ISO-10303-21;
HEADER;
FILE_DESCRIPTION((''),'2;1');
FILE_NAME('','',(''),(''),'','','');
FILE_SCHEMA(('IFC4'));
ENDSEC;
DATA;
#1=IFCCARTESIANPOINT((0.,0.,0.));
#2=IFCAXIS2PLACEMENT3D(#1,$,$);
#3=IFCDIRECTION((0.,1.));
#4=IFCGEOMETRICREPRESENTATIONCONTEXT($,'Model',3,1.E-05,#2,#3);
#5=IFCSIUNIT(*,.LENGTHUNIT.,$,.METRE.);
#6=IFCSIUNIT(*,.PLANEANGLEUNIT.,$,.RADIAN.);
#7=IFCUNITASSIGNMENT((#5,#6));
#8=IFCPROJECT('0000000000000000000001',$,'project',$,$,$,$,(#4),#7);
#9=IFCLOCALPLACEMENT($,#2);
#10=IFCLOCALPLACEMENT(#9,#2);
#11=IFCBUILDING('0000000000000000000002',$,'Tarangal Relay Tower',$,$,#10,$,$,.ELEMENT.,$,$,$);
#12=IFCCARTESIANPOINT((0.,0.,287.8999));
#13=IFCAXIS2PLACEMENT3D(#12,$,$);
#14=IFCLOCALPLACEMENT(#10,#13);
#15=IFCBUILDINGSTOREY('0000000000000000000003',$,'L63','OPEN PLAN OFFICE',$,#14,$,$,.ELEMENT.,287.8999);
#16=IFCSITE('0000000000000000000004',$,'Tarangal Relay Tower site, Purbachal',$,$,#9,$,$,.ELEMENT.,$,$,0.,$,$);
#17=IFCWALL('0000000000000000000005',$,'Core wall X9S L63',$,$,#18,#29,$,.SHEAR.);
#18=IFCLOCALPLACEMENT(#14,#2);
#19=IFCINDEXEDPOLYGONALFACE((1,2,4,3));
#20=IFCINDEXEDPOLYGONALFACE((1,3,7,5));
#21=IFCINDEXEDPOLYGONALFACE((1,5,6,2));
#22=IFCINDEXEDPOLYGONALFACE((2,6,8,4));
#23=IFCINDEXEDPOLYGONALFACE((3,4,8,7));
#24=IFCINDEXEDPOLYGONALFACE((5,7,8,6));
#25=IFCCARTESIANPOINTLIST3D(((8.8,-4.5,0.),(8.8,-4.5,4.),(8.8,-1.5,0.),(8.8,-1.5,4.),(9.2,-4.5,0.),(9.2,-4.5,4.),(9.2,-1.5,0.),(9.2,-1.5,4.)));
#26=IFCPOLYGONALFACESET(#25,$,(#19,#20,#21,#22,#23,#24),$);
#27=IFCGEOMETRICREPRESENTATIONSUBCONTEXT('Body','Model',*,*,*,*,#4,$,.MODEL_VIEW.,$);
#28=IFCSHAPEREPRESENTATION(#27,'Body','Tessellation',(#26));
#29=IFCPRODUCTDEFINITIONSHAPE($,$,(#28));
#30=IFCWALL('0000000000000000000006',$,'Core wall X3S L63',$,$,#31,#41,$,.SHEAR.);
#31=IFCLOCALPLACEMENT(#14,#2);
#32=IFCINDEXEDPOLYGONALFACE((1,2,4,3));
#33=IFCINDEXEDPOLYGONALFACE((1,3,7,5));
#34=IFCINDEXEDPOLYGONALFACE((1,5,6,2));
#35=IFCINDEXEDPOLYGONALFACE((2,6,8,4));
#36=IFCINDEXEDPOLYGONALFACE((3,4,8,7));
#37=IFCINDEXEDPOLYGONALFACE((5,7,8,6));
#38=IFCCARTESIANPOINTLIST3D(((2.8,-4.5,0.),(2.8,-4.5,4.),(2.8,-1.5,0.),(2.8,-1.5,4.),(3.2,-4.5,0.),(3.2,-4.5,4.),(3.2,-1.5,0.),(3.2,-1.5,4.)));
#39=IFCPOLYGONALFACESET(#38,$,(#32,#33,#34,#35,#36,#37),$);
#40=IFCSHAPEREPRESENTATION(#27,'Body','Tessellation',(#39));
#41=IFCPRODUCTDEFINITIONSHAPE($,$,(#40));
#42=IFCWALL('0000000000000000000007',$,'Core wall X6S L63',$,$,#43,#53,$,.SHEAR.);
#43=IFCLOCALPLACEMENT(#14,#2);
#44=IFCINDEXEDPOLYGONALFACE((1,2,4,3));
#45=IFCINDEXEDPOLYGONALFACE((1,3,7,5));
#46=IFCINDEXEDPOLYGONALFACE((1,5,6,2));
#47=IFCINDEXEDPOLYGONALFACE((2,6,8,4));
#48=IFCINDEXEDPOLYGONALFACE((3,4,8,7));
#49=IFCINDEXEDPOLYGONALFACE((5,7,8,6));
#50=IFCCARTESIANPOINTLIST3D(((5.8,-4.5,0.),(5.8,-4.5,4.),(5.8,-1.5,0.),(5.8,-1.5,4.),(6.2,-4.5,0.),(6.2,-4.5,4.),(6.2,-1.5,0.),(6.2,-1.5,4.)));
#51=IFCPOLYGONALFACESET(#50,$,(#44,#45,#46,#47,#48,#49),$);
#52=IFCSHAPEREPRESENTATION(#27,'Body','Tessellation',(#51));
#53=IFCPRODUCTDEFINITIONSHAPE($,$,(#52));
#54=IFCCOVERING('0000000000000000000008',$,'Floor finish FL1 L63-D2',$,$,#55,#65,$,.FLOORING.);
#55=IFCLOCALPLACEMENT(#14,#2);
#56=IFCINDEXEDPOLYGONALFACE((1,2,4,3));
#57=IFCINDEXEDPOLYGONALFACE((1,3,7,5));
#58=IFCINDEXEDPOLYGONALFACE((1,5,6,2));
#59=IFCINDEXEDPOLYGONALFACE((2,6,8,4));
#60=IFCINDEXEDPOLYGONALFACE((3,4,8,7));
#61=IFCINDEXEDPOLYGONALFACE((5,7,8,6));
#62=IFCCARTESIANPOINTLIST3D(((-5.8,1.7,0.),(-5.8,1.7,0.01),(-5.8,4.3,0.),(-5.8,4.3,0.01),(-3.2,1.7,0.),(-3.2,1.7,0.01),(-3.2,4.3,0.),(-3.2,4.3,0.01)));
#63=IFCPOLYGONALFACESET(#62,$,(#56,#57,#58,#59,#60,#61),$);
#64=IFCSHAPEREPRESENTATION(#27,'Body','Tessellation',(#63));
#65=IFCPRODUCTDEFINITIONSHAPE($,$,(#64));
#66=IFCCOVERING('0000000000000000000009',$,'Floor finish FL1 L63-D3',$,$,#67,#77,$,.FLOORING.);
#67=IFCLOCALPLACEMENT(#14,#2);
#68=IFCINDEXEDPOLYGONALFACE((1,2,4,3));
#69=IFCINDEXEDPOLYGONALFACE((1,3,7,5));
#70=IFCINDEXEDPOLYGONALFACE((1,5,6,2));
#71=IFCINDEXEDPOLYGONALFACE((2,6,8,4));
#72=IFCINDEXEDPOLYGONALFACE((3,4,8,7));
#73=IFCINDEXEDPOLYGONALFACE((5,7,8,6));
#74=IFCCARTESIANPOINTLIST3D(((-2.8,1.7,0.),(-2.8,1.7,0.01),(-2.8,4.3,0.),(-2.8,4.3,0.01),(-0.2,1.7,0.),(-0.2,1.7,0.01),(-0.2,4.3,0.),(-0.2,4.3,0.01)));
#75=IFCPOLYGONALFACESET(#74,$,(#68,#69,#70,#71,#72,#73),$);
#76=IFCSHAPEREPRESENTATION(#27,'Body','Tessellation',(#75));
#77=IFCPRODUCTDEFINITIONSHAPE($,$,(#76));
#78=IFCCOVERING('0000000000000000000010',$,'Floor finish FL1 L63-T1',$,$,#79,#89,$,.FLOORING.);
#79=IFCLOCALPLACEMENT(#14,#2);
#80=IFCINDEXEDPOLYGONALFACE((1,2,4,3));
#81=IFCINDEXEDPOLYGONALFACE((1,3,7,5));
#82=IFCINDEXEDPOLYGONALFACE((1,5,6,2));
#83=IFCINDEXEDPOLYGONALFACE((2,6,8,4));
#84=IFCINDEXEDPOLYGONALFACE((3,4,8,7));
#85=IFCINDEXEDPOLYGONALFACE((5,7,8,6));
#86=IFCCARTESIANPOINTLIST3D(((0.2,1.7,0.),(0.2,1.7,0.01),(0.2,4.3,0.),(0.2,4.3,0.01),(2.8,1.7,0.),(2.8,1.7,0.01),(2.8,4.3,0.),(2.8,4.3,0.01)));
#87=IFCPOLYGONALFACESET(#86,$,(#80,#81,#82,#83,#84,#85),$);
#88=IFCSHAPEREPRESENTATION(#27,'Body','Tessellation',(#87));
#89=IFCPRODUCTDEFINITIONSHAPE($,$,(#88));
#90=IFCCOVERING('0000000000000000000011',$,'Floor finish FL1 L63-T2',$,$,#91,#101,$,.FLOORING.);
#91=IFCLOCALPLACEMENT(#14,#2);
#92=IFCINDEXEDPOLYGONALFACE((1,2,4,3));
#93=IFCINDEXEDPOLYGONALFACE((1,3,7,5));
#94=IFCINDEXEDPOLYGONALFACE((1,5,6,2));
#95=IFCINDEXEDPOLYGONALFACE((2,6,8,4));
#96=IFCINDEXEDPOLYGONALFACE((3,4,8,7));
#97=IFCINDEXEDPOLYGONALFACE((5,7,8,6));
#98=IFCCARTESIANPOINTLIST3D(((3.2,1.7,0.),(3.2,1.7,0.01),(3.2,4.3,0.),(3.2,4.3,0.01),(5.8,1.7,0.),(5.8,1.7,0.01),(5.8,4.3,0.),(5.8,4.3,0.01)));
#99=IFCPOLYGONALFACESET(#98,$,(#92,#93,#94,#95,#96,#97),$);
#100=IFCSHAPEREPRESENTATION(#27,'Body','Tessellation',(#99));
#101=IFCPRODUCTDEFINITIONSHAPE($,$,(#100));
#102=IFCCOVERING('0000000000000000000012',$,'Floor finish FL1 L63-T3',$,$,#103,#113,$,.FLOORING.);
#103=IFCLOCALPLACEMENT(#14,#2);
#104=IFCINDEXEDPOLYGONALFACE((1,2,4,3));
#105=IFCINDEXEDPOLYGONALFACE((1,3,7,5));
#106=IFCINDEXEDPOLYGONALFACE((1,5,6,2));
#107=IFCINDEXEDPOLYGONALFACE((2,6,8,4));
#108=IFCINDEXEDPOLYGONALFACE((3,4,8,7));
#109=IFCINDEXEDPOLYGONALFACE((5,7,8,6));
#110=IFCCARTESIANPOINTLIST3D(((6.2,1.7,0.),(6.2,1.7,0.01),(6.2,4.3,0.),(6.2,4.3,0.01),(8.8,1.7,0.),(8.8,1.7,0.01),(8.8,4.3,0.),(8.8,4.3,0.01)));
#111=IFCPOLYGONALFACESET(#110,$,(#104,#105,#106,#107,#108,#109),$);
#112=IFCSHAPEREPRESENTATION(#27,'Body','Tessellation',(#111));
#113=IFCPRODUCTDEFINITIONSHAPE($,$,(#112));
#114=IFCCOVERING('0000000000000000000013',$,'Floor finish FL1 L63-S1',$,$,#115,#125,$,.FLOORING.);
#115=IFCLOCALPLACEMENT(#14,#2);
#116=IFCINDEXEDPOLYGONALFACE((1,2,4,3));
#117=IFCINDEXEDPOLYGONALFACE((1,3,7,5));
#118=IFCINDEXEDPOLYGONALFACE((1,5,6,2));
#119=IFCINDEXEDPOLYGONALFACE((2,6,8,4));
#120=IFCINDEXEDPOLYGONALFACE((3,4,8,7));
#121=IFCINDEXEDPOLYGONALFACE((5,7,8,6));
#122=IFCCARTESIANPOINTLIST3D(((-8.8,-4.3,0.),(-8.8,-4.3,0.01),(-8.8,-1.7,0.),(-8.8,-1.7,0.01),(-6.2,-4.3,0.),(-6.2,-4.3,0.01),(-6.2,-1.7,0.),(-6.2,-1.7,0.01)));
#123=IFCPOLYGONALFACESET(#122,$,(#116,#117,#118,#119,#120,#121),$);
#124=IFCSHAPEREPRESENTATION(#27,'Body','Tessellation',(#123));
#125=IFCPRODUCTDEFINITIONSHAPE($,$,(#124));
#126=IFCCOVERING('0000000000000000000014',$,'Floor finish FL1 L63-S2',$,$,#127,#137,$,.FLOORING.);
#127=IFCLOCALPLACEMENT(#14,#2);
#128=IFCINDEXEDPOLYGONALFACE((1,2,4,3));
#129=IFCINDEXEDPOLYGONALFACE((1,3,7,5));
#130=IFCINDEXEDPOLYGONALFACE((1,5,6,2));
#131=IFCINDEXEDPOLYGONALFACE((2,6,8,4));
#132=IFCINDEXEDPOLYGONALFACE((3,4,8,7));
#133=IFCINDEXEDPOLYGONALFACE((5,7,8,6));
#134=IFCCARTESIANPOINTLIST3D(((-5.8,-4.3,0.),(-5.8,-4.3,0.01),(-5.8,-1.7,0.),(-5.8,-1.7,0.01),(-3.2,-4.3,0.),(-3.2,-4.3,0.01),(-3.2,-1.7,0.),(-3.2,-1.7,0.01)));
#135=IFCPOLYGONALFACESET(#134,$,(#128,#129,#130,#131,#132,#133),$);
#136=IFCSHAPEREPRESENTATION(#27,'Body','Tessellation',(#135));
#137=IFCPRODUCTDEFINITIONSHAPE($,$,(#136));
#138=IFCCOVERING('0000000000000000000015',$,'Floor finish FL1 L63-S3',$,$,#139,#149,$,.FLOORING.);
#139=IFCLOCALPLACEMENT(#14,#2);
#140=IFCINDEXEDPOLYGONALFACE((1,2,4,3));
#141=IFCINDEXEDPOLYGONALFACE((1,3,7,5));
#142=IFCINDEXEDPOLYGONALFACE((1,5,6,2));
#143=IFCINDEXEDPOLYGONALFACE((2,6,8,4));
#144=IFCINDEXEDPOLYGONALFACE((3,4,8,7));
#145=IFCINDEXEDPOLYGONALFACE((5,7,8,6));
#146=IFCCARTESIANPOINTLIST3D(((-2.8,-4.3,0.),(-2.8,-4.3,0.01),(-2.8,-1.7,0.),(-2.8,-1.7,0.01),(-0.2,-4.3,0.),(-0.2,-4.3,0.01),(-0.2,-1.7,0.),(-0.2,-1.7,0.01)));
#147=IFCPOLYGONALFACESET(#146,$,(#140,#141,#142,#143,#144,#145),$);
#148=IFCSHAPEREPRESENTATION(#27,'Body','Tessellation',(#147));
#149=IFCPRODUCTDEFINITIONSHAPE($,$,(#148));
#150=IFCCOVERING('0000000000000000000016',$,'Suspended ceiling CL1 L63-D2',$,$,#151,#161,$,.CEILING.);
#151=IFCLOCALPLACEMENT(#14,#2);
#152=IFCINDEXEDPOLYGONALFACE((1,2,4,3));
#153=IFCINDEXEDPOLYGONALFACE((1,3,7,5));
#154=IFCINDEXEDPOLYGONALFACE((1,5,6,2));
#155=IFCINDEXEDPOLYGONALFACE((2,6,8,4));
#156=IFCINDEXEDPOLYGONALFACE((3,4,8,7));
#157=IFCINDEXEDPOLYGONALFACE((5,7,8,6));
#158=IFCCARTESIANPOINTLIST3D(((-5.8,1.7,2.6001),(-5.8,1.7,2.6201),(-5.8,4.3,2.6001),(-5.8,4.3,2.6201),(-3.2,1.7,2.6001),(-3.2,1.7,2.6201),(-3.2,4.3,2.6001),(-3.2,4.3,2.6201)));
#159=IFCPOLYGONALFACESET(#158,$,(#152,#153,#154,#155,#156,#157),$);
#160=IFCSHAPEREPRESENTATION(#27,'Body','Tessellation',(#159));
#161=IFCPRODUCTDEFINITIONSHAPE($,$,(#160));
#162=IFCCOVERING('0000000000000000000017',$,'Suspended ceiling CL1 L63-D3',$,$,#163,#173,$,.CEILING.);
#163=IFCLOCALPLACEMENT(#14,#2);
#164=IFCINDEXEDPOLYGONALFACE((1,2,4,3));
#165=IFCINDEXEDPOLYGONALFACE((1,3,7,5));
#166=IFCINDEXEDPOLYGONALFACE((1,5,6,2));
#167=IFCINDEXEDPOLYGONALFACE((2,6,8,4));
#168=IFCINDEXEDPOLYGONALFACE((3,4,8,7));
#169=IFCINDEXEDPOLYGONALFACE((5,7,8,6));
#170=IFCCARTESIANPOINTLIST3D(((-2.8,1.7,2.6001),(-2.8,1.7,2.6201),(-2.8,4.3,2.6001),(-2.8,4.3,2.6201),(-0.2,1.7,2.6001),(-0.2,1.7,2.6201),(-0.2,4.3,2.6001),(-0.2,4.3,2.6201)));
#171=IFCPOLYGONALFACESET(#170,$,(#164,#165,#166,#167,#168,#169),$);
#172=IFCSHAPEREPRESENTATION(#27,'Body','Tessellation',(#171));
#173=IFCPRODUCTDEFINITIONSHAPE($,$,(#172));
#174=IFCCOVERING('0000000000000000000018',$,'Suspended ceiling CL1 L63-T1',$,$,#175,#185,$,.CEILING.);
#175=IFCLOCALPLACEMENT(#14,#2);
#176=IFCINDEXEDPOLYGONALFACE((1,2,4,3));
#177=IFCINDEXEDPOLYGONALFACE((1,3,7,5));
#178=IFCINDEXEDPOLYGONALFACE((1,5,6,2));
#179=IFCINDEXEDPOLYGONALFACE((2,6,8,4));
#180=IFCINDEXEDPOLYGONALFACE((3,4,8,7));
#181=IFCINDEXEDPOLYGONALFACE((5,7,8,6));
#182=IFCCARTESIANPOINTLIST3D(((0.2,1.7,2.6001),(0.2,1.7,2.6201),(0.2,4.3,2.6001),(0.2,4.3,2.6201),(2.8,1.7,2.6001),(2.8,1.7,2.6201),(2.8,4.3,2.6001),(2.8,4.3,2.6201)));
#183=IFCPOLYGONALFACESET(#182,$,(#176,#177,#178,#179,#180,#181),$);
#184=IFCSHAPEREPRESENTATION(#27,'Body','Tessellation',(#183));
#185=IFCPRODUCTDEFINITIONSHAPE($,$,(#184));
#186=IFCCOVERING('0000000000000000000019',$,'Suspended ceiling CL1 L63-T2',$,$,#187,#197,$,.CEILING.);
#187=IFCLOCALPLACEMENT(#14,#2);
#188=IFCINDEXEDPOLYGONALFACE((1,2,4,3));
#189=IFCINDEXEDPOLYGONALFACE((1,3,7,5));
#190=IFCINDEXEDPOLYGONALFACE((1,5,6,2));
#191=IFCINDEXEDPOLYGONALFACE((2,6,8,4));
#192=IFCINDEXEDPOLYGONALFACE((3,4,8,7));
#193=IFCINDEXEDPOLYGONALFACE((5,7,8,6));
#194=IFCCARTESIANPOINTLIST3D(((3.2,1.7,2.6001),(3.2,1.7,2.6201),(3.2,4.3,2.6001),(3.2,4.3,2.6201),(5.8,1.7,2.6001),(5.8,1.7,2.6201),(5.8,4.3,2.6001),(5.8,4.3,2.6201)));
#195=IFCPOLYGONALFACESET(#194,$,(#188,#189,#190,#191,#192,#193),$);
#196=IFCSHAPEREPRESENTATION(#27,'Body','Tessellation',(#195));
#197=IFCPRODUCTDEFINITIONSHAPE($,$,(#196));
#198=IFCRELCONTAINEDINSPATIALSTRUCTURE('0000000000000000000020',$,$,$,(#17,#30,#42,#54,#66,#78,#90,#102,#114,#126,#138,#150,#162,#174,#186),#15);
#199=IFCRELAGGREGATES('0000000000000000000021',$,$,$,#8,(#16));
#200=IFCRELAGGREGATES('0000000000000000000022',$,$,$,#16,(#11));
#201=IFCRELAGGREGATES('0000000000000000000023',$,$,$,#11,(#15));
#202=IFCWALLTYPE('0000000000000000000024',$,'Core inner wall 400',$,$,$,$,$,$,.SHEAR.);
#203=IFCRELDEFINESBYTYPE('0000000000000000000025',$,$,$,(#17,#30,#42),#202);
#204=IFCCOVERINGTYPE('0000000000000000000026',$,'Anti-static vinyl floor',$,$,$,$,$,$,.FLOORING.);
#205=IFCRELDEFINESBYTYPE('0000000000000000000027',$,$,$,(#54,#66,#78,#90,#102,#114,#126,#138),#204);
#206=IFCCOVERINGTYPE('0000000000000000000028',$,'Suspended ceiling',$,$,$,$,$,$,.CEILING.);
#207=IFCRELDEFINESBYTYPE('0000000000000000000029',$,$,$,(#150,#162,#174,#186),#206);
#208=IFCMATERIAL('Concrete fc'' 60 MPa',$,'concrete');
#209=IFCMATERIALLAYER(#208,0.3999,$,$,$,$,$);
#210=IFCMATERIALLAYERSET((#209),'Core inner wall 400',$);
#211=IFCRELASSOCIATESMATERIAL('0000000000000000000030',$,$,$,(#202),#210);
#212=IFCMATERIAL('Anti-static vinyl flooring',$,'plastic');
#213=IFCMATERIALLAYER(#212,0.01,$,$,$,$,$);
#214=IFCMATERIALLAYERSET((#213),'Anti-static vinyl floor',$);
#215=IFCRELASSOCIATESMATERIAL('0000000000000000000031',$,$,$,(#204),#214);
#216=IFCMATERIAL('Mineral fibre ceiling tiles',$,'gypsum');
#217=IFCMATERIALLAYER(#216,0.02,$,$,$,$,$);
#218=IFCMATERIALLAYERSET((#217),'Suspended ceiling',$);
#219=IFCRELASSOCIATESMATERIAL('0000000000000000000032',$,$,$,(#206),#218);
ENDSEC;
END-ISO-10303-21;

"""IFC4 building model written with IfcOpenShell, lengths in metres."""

from ifc_helpers import new_model, si_unit, direction, frame, frame_2d, origin, place, context, subcontext, project, spatial, polyline, rectangle, outline, extrude, material, layer, layer_set, type_object, element, save


model = new_model("IFC4")

# Units and contexts
model_context = context("Model", 3, precision=1e-05, world=origin(), true_north=direction((0.0, 1.0)))
body_context = subcontext(model_context, "Body", "Model", "MODEL_VIEW")
ifc_project = project(units=[si_unit("LENGTHUNIT", "METRE"), si_unit("PLANEANGLEUNIT", "RADIAN")], contexts=[model_context])

# Site, building, storey
site_placement = place(None, origin())
site = spatial("IfcSite", under=ifc_project, at=site_placement, Name="Tarangal Relay Tower site, Purbachal", CompositionType="ELEMENT", RefElevation=0.0)
building_placement = place(site_placement, origin())
building = spatial("IfcBuilding", under=site, at=building_placement, Name="Tarangal Relay Tower", CompositionType="ELEMENT")
storey_placement = place(building_placement, frame((0.0, 0.0, 287.8999)))
storey = spatial("IfcBuildingStorey", under=building, at=storey_placement, Name="L63", Description="OPEN PLAN OFFICE", CompositionType="ELEMENT", Elevation=287.8999)

# Walls
ifc_material_1 = material(Name="Concrete fc' 60 MPa", Category="concrete")
ifc_layer_1 = layer(ifc_material_1, 0.3999)
ifc_layer_set_1 = layer_set([ifc_layer_1], Name="Core inner wall 400")
wall_type = type_object("IfcWallType", Name="Core inner wall 400", PredefinedType="SHEAR", material=ifc_layer_set_1)
for number, where, z_axis, x_axis, name in (
    (1, (9.0, -4.5, 0.0), (0.0, 0.0, 1.0), (0.0, 1.0, 0.0), "Core wall X9S L63"),
    (2, (3.0, -4.5, 0.0), (0.0, 0.0, 1.0), (0.0, 1.0, 0.0), "Core wall X3S L63"),
    (3, (6.0, -4.5, 0.0), (0.0, 0.0, 1.0), (0.0, 1.0, 0.0), "Core wall X6S L63"),
):
    element("IfcWall", number, at=place(storey_placement, frame(where, z_axis=z_axis, x_axis=x_axis)), inside=storey, type_object=wall_type, Name=name, PredefinedType="SHEAR", context=body_context, shape_type="SweptSolid", body=[
        extrude(rectangle(XDim=3.0, YDim=0.3999, at=frame_2d((1.5, 0.0))), origin(), (0.0, 0.0, 1.0), 4.0),
    ])

# Coverings
ifc_material_2 = material(Name="Anti-static vinyl flooring", Category="plastic")
ifc_layer_2 = layer(ifc_material_2, 0.01)
ifc_layer_set_2 = layer_set([ifc_layer_2], Name="Anti-static vinyl floor")
covering_type_1 = type_object("IfcCoveringType", Name="Anti-static vinyl floor", PredefinedType="FLOORING", material=ifc_layer_set_2)
covering_1_placement = place(storey_placement, origin())
element("IfcCovering", 4, at=covering_1_placement, inside=storey, type_object=covering_type_1, Name="Floor finish FL1 L63-D2", PredefinedType="FLOORING", context=body_context, shape_type="SweptSolid", body=[
    extrude(outline(polyline([(-5.8, 1.7), (-3.2, 1.7), (-3.2, 4.3), (-5.8, 4.3), (-5.8, 1.7)])), origin(), (0.0, 0.0, 1.0), 0.01),
])
covering_2_placement = place(storey_placement, origin())
element("IfcCovering", 5, at=covering_2_placement, inside=storey, type_object=covering_type_1, Name="Floor finish FL1 L63-D3", PredefinedType="FLOORING", context=body_context, shape_type="SweptSolid", body=[
    extrude(outline(polyline([(-2.8, 1.7), (-0.2, 1.7), (-0.2, 4.3), (-2.8, 4.3), (-2.8, 1.7)])), origin(), (0.0, 0.0, 1.0), 0.01),
])
covering_3_placement = place(storey_placement, origin())
element("IfcCovering", 6, at=covering_3_placement, inside=storey, type_object=covering_type_1, Name="Floor finish FL1 L63-T1", PredefinedType="FLOORING", context=body_context, shape_type="SweptSolid", body=[
    extrude(outline(polyline([(0.2, 1.7), (2.8, 1.7), (2.8, 4.3), (0.2, 4.3), (0.2, 1.7)])), origin(), (0.0, 0.0, 1.0), 0.01),
])
covering_4_placement = place(storey_placement, origin())
element("IfcCovering", 7, at=covering_4_placement, inside=storey, type_object=covering_type_1, Name="Floor finish FL1 L63-T2", PredefinedType="FLOORING", context=body_context, shape_type="SweptSolid", body=[
    extrude(outline(polyline([(3.2, 1.7), (5.8, 1.7), (5.8, 4.3), (3.2, 4.3), (3.2, 1.7)])), origin(), (0.0, 0.0, 1.0), 0.01),
])
covering_5_placement = place(storey_placement, origin())
element("IfcCovering", 8, at=covering_5_placement, inside=storey, type_object=covering_type_1, Name="Floor finish FL1 L63-T3", PredefinedType="FLOORING", context=body_context, shape_type="SweptSolid", body=[
    extrude(outline(polyline([(6.2, 1.7), (8.8, 1.7), (8.8, 4.3), (6.2, 4.3), (6.2, 1.7)])), origin(), (0.0, 0.0, 1.0), 0.01),
])
covering_6_placement = place(storey_placement, origin())
element("IfcCovering", 9, at=covering_6_placement, inside=storey, type_object=covering_type_1, Name="Floor finish FL1 L63-S1", PredefinedType="FLOORING", context=body_context, shape_type="SweptSolid", body=[
    extrude(outline(polyline([(-8.8, -4.3), (-6.2, -4.3), (-6.2, -1.7), (-8.8, -1.7), (-8.8, -4.3)])), origin(), (0.0, 0.0, 1.0), 0.01),
])
covering_7_placement = place(storey_placement, origin())
element("IfcCovering", 10, at=covering_7_placement, inside=storey, type_object=covering_type_1, Name="Floor finish FL1 L63-S2", PredefinedType="FLOORING", context=body_context, shape_type="SweptSolid", body=[
    extrude(outline(polyline([(-5.8, -4.3), (-3.2, -4.3), (-3.2, -1.7), (-5.8, -1.7), (-5.8, -4.3)])), origin(), (0.0, 0.0, 1.0), 0.01),
])
covering_8_placement = place(storey_placement, origin())
element("IfcCovering", 11, at=covering_8_placement, inside=storey, type_object=covering_type_1, Name="Floor finish FL1 L63-S3", PredefinedType="FLOORING", context=body_context, shape_type="SweptSolid", body=[
    extrude(outline(polyline([(-2.8, -4.3), (-0.2, -4.3), (-0.2, -1.7), (-2.8, -1.7), (-2.8, -4.3)])), origin(), (0.0, 0.0, 1.0), 0.01),
])
ifc_material_3 = material(Name="Mineral fibre ceiling tiles", Category="gypsum")
ifc_layer_3 = layer(ifc_material_3, 0.02)
ifc_layer_set_3 = layer_set([ifc_layer_3], Name="Suspended ceiling")
covering_type_2 = type_object("IfcCoveringType", Name="Suspended ceiling", PredefinedType="CEILING", material=ifc_layer_set_3)
covering_9_placement = place(storey_placement, frame((0.0, 0.0, 2.6001)))
element("IfcCovering", 12, at=covering_9_placement, inside=storey, type_object=covering_type_2, Name="Suspended ceiling CL1 L63-D2", PredefinedType="CEILING", context=body_context, shape_type="SweptSolid", body=[
    extrude(outline(polyline([(-5.8, 1.7), (-3.2, 1.7), (-3.2, 4.3), (-5.8, 4.3), (-5.8, 1.7)])), origin(), (0.0, 0.0, 1.0), 0.02),
])
covering_10_placement = place(storey_placement, frame((0.0, 0.0, 2.6001)))
element("IfcCovering", 13, at=covering_10_placement, inside=storey, type_object=covering_type_2, Name="Suspended ceiling CL1 L63-D3", PredefinedType="CEILING", context=body_context, shape_type="SweptSolid", body=[
    extrude(outline(polyline([(-2.8, 1.7), (-0.2, 1.7), (-0.2, 4.3), (-2.8, 4.3), (-2.8, 1.7)])), origin(), (0.0, 0.0, 1.0), 0.02),
])
covering_11_placement = place(storey_placement, frame((0.0, 0.0, 2.6001)))
element("IfcCovering", 14, at=covering_11_placement, inside=storey, type_object=covering_type_2, Name="Suspended ceiling CL1 L63-T1", PredefinedType="CEILING", context=body_context, shape_type="SweptSolid", body=[
    extrude(outline(polyline([(0.2, 1.7), (2.8, 1.7), (2.8, 4.3), (0.2, 4.3), (0.2, 1.7)])), origin(), (0.0, 0.0, 1.0), 0.02),
])
covering_12_placement = place(storey_placement, frame((0.0, 0.0, 2.6001)))
element("IfcCovering", 15, at=covering_12_placement, inside=storey, type_object=covering_type_2, Name="Suspended ceiling CL1 L63-T2", PredefinedType="CEILING", context=body_context, shape_type="SweptSolid", body=[
    extrude(outline(polyline([(3.2, 1.7), (5.8, 1.7), (5.8, 4.3), (3.2, 4.3), (3.2, 1.7)])), origin(), (0.0, 0.0, 1.0), 0.02),
])

save(model, "model.ifc")
